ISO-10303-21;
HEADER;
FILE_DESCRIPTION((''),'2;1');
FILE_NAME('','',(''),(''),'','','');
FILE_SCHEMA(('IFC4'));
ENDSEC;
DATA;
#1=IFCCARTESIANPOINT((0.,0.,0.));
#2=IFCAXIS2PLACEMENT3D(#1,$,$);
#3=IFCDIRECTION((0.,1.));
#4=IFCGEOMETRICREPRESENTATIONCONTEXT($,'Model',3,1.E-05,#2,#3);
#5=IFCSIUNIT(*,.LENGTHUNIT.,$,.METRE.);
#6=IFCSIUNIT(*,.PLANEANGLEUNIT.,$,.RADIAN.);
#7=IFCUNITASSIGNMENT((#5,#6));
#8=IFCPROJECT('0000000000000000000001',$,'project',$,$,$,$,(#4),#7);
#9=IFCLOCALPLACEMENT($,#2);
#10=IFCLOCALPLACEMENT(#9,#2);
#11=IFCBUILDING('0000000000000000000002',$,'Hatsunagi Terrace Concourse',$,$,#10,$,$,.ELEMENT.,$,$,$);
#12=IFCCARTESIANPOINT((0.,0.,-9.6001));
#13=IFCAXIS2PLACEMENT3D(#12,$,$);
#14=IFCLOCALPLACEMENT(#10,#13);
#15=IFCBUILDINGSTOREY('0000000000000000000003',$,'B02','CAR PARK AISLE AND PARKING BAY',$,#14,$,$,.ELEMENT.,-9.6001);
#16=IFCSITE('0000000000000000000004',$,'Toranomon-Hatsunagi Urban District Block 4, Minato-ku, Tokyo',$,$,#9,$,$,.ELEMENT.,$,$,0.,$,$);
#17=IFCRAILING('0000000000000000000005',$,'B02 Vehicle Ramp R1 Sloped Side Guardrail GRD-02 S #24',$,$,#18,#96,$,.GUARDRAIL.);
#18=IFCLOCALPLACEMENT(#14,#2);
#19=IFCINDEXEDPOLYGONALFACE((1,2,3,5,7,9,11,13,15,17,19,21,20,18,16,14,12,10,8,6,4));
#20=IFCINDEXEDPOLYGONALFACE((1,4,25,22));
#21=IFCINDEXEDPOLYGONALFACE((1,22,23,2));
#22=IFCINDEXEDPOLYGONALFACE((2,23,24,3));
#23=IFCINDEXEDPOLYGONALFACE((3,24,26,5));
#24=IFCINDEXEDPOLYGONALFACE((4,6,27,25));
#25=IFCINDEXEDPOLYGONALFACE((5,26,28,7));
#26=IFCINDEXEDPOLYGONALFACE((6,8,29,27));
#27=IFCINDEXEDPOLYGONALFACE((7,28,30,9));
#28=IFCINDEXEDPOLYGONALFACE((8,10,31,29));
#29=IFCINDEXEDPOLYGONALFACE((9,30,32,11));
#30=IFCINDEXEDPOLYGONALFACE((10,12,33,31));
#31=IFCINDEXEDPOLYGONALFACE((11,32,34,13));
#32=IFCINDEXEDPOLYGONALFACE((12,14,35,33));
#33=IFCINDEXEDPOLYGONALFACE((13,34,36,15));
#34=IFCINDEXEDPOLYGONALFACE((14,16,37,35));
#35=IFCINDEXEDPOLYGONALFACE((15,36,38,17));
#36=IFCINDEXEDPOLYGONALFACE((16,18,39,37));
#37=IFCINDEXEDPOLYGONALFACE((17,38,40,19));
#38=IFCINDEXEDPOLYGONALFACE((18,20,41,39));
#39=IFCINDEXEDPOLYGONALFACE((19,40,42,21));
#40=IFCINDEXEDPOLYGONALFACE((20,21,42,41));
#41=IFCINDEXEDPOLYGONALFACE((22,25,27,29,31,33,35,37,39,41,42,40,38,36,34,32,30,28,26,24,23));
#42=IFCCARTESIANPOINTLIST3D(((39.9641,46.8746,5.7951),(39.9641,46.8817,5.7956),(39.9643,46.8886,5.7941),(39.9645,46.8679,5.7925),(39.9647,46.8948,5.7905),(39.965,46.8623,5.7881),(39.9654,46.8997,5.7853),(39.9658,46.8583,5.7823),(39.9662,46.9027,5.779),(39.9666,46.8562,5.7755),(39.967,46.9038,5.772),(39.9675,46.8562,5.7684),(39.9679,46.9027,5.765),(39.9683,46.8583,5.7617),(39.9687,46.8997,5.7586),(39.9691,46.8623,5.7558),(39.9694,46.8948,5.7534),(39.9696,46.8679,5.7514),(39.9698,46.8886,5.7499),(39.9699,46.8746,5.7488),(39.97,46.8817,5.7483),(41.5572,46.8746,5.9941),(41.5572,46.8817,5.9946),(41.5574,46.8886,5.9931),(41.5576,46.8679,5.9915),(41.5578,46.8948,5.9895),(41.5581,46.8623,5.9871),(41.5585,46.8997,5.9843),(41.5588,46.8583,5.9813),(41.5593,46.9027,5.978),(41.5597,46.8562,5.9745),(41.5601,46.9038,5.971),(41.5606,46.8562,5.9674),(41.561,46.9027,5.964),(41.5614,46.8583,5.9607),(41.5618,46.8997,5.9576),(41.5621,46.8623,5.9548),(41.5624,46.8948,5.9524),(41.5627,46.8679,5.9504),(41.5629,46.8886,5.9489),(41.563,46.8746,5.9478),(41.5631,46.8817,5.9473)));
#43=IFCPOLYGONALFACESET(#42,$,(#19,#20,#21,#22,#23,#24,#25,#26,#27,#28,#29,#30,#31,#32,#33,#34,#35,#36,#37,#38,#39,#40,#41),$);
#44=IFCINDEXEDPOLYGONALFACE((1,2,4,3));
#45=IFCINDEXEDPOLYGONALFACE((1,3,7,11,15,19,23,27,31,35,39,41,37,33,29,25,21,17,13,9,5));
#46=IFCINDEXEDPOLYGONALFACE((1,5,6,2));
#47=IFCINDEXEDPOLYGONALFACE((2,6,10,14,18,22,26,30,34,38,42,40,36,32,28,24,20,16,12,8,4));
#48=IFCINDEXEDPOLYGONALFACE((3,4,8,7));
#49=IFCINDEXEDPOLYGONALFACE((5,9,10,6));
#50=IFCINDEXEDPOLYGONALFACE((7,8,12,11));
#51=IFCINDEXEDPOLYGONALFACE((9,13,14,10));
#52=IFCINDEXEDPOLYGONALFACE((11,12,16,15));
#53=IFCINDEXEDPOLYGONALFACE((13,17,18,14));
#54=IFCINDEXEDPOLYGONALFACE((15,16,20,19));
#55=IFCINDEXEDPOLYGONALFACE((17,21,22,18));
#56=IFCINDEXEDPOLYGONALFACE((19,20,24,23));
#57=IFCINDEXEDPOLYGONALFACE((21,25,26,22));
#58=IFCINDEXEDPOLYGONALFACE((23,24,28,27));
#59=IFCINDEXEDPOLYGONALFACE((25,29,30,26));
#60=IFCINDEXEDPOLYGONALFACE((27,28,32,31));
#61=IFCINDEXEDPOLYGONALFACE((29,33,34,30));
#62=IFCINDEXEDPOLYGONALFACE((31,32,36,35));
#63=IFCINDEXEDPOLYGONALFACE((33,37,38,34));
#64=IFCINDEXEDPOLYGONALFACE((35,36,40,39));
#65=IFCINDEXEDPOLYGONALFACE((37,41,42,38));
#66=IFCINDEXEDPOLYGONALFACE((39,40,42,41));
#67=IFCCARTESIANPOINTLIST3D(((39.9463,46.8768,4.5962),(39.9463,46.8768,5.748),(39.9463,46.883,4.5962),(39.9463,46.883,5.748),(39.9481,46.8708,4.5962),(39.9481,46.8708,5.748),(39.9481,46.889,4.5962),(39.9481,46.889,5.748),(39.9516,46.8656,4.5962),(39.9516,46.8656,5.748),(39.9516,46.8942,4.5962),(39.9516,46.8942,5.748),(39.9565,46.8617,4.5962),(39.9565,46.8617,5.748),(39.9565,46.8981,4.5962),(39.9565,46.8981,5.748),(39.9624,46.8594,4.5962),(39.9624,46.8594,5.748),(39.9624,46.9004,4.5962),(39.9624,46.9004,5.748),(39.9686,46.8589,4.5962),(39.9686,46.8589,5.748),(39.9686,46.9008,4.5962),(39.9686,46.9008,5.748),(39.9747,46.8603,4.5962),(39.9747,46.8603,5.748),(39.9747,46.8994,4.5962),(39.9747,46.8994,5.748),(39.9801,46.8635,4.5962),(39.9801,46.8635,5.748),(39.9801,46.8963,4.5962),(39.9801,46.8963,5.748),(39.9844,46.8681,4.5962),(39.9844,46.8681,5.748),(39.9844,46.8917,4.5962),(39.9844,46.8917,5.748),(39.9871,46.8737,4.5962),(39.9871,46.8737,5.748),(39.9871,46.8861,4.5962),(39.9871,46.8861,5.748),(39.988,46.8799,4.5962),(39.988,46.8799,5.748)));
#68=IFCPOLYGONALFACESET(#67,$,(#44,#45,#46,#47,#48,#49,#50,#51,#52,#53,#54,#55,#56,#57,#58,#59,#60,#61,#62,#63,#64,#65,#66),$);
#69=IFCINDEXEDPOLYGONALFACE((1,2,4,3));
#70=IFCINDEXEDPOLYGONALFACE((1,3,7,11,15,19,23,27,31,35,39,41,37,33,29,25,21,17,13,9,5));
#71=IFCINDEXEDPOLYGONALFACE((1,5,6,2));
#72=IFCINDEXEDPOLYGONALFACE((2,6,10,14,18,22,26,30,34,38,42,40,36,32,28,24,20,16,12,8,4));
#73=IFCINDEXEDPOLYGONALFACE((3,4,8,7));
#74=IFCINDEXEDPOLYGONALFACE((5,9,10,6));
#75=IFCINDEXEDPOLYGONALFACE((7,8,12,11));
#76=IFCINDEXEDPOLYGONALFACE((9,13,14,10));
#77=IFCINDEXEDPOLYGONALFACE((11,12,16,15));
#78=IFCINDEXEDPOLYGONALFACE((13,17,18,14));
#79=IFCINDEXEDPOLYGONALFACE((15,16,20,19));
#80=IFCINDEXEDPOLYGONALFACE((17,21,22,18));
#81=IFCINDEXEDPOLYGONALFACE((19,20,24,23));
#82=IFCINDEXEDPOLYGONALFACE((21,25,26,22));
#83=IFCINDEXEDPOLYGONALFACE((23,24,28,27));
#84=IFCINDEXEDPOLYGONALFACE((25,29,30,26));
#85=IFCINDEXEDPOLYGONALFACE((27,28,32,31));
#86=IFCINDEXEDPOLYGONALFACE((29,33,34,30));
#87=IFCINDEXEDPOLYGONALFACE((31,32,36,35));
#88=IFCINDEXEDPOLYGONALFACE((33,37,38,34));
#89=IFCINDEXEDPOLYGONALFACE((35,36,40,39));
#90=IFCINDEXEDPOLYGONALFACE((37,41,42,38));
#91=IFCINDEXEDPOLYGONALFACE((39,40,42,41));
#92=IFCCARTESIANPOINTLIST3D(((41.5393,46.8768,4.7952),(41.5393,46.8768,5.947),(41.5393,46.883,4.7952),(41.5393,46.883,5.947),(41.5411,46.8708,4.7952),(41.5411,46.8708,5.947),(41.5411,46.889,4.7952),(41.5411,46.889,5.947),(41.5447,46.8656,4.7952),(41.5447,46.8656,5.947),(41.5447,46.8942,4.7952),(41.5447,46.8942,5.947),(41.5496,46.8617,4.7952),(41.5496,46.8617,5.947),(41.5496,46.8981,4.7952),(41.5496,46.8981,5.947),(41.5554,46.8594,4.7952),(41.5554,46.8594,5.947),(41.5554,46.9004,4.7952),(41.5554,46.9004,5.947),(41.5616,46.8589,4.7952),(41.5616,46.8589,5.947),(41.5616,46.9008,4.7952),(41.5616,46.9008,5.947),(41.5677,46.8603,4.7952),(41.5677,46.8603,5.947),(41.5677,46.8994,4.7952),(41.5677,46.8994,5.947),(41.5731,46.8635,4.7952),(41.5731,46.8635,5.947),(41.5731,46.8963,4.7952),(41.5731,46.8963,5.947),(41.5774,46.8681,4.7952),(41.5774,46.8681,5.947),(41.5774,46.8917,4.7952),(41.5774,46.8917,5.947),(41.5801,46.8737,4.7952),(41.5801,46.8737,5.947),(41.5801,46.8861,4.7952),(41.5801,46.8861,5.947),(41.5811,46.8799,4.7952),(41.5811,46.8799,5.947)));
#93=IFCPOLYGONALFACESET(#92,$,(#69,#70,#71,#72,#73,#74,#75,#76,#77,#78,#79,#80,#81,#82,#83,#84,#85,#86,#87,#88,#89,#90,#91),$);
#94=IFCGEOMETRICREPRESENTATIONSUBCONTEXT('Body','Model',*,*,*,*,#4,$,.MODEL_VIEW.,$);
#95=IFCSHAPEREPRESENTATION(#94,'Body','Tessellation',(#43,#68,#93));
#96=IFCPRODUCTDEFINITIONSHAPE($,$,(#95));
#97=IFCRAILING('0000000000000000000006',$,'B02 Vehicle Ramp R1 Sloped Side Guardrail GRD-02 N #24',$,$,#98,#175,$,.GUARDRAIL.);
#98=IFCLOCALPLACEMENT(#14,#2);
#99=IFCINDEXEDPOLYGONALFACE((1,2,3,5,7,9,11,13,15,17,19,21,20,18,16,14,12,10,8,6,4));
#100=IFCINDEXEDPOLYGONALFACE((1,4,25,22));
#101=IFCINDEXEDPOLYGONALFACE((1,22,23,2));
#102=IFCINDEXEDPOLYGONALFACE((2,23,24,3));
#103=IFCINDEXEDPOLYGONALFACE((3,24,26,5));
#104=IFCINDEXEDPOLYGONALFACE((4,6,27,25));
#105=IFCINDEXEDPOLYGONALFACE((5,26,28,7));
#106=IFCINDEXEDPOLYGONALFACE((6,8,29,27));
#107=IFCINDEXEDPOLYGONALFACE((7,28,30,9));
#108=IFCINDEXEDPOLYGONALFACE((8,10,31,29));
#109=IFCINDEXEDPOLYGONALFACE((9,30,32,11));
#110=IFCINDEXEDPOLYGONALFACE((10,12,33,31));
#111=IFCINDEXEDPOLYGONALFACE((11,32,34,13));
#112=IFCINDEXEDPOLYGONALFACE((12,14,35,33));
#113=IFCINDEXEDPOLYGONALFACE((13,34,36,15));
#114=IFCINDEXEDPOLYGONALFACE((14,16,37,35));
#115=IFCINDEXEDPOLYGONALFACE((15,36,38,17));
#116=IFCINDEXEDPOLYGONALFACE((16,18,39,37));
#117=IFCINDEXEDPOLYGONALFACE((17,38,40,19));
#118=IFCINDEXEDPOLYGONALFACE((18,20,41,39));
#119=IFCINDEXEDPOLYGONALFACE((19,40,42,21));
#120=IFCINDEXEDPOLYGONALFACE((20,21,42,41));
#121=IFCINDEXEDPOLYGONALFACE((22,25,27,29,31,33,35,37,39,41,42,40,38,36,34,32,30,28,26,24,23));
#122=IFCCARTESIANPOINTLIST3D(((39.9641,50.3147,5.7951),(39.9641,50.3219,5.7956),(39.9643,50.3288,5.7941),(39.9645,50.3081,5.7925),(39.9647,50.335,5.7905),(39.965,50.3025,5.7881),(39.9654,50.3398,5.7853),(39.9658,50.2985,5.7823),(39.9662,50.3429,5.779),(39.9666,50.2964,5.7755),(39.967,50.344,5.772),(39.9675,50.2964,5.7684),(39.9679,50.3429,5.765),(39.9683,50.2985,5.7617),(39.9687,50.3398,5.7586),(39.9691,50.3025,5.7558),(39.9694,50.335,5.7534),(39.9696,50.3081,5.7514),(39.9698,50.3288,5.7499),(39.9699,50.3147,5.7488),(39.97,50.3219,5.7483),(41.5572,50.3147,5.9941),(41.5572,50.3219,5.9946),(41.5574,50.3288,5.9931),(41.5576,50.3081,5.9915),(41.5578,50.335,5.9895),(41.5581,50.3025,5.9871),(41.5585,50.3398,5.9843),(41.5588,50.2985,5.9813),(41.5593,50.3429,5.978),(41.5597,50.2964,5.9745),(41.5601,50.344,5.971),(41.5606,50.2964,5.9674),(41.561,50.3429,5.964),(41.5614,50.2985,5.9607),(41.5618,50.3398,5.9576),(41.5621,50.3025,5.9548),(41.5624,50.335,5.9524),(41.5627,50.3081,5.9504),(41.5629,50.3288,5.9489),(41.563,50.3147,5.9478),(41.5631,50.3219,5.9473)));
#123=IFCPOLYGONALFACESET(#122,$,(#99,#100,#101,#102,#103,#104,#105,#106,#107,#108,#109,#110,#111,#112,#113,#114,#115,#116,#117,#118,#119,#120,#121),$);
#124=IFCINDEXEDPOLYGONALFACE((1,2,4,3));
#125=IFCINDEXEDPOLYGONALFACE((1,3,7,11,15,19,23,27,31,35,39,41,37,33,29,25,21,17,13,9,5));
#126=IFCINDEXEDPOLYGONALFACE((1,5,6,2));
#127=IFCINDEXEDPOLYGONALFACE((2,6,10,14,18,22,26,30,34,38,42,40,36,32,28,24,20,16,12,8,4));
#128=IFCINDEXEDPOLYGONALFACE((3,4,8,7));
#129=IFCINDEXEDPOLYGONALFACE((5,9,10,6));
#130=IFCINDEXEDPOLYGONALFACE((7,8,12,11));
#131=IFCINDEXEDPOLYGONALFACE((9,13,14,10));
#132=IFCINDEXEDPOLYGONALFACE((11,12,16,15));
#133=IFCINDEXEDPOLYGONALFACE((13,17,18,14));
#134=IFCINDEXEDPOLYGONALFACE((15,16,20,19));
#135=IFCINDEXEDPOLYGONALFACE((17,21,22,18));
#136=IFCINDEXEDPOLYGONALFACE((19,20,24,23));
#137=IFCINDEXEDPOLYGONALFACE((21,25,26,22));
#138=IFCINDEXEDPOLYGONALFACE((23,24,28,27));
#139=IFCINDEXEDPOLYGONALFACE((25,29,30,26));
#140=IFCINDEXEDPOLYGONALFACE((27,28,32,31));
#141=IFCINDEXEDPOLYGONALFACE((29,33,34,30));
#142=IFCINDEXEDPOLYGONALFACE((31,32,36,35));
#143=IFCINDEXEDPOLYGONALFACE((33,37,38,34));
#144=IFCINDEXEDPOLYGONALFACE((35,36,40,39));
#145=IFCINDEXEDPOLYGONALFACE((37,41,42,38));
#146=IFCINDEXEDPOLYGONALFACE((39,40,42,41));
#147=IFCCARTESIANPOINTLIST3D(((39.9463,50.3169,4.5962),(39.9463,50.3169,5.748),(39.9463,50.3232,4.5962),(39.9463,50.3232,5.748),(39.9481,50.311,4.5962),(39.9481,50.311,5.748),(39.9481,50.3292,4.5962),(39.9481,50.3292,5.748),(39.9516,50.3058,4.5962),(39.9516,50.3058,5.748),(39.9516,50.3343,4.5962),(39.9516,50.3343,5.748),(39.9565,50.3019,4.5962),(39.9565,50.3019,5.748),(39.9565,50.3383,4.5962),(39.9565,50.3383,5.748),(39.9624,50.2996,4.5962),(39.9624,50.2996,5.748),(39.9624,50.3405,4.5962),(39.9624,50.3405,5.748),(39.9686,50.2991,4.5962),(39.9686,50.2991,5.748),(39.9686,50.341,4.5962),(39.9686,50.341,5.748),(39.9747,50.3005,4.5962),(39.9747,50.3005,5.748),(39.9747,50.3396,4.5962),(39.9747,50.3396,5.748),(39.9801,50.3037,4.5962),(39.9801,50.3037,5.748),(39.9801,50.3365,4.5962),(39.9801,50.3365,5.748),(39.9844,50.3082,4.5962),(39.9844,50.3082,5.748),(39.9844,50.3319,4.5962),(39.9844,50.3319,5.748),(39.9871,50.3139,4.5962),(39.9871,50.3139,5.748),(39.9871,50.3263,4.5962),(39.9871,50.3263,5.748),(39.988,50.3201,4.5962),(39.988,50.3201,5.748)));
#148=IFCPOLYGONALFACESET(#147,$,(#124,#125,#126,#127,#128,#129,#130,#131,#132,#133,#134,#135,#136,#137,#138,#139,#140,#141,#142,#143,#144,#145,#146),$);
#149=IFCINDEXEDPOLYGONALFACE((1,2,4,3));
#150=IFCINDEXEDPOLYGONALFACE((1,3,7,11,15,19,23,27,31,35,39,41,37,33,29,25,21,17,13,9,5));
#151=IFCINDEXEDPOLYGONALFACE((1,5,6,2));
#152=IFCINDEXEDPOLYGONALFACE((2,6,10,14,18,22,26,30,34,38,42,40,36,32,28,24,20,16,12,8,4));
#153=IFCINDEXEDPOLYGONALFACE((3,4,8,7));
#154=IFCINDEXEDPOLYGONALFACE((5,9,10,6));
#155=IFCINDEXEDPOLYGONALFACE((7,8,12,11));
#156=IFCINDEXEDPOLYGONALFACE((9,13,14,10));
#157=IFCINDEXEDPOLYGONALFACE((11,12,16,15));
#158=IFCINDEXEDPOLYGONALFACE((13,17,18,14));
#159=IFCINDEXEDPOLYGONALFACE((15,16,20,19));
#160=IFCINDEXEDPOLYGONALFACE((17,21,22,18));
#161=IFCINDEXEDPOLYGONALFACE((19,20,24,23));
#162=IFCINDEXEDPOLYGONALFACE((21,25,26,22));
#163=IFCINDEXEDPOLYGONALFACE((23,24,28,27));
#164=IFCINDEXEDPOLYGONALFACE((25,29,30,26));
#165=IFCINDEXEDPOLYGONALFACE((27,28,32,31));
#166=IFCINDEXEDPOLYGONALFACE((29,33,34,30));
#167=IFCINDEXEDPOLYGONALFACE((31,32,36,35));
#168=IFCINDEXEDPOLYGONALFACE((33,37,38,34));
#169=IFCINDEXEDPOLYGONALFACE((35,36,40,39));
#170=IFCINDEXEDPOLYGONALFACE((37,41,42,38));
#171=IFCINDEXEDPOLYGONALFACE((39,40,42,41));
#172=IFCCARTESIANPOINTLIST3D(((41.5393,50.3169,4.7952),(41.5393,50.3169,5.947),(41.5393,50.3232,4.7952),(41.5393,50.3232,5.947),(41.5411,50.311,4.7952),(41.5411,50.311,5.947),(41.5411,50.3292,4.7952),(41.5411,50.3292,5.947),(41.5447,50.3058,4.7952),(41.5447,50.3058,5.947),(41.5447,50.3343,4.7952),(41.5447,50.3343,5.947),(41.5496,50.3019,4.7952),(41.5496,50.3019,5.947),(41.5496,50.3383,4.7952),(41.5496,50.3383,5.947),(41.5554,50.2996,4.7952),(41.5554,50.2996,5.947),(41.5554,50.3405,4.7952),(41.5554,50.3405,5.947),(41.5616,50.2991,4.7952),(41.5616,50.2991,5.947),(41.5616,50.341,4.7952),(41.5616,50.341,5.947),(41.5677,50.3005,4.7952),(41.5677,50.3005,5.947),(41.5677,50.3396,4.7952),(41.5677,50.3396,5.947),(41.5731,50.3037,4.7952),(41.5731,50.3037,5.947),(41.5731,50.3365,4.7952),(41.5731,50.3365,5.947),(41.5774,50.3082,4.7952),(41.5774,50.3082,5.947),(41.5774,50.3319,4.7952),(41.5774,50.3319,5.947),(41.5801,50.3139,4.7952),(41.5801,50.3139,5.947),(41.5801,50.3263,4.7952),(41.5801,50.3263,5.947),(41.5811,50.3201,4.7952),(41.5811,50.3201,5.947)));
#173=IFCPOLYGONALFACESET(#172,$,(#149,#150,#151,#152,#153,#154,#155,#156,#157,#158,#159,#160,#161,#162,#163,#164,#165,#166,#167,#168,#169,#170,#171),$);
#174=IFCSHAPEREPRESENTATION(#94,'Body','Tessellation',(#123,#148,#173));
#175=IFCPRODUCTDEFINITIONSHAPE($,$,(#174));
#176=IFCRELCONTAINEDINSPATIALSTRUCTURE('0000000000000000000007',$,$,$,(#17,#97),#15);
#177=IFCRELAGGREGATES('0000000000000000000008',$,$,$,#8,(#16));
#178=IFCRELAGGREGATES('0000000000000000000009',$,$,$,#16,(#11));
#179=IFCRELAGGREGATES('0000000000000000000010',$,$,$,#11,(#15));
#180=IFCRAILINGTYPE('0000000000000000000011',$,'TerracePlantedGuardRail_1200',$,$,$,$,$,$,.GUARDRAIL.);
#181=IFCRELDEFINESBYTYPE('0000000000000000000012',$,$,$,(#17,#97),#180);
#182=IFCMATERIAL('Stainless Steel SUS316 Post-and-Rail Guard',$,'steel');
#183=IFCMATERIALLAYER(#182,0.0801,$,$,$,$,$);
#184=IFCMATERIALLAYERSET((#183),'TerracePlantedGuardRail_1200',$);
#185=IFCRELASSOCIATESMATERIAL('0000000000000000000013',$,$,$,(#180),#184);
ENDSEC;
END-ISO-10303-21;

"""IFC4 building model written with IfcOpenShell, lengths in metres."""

from ifc_helpers import new_model, si_unit, direction, frame, origin, origin_2d, place, context, subcontext, project, spatial, circle, extrude, material, layer, layer_set, type_object, element, save


model = new_model("IFC4")

# Units and contexts
model_context = context("Model", 3, precision=1e-05, world=origin(), true_north=direction((0.0, 1.0)))
body_context = subcontext(model_context, "Body", "Model", "MODEL_VIEW")
ifc_project = project(units=[si_unit("LENGTHUNIT", "METRE"), si_unit("PLANEANGLEUNIT", "RADIAN")], contexts=[model_context])

# Site, building, storey
site_placement = place(None, origin())
site = spatial("IfcSite", under=ifc_project, at=site_placement, Name="Toranomon-Hatsunagi Urban District Block 4, Minato-ku, Tokyo", CompositionType="ELEMENT", RefElevation=0.0)
building_placement = place(site_placement, origin())
building = spatial("IfcBuilding", under=site, at=building_placement, Name="Hatsunagi Terrace Concourse", CompositionType="ELEMENT")
storey_placement = place(building_placement, frame((0.0, 0.0, -9.6001)))
storey = spatial("IfcBuildingStorey", under=building, at=storey_placement, Name="B02", Description="CAR PARK AISLE AND PARKING BAY", CompositionType="ELEMENT", Elevation=-9.6001)

# Railings
ifc_material_1 = material(Name="Stainless Steel SUS316 Post-and-Rail Guard", Category="steel")
ifc_layer_1 = layer(ifc_material_1, 0.0801)
ifc_layer_set_1 = layer_set([ifc_layer_1], Name="TerracePlantedGuardRail_1200")
railing_type = type_object("IfcRailingType", Name="TerracePlantedGuardRail_1200", PredefinedType="GUARDRAIL", material=ifc_layer_set_1)
for number, where, name in (
    (1, (39.967, 46.8799, 4.5962), "B02 Vehicle Ramp R1 Sloped Side Guardrail GRD-02 S #24"),
    (2, (39.967, 50.3201, 4.5962), "B02 Vehicle Ramp R1 Sloped Side Guardrail GRD-02 N #24"),
):
    element("IfcRailing", number, at=place(storey_placement, frame(where)), inside=storey, type_object=railing_type, Name=name, PredefinedType="GUARDRAIL", context=body_context, shape_type="SweptSolid", body=[
        extrude(circle(Radius=0.0239, at=origin_2d()), frame((0.0, 0.0, 1.1758), z_axis=(0.99229, 0.0, 0.123941), x_axis=(0.0, 1.0, 0.0)), (0.0, 0.0, 1.0), 1.6055),
        extrude(circle(Radius=0.021, at=origin_2d()), origin(), (0.0, 0.0, 1.0), 1.1519),
        extrude(circle(Radius=0.021, at=origin_2d()), frame((1.593, 0.0, 0.199)), (0.0, 0.0, 1.0), 1.1519),
    ])

save(model, "model.ifc")
